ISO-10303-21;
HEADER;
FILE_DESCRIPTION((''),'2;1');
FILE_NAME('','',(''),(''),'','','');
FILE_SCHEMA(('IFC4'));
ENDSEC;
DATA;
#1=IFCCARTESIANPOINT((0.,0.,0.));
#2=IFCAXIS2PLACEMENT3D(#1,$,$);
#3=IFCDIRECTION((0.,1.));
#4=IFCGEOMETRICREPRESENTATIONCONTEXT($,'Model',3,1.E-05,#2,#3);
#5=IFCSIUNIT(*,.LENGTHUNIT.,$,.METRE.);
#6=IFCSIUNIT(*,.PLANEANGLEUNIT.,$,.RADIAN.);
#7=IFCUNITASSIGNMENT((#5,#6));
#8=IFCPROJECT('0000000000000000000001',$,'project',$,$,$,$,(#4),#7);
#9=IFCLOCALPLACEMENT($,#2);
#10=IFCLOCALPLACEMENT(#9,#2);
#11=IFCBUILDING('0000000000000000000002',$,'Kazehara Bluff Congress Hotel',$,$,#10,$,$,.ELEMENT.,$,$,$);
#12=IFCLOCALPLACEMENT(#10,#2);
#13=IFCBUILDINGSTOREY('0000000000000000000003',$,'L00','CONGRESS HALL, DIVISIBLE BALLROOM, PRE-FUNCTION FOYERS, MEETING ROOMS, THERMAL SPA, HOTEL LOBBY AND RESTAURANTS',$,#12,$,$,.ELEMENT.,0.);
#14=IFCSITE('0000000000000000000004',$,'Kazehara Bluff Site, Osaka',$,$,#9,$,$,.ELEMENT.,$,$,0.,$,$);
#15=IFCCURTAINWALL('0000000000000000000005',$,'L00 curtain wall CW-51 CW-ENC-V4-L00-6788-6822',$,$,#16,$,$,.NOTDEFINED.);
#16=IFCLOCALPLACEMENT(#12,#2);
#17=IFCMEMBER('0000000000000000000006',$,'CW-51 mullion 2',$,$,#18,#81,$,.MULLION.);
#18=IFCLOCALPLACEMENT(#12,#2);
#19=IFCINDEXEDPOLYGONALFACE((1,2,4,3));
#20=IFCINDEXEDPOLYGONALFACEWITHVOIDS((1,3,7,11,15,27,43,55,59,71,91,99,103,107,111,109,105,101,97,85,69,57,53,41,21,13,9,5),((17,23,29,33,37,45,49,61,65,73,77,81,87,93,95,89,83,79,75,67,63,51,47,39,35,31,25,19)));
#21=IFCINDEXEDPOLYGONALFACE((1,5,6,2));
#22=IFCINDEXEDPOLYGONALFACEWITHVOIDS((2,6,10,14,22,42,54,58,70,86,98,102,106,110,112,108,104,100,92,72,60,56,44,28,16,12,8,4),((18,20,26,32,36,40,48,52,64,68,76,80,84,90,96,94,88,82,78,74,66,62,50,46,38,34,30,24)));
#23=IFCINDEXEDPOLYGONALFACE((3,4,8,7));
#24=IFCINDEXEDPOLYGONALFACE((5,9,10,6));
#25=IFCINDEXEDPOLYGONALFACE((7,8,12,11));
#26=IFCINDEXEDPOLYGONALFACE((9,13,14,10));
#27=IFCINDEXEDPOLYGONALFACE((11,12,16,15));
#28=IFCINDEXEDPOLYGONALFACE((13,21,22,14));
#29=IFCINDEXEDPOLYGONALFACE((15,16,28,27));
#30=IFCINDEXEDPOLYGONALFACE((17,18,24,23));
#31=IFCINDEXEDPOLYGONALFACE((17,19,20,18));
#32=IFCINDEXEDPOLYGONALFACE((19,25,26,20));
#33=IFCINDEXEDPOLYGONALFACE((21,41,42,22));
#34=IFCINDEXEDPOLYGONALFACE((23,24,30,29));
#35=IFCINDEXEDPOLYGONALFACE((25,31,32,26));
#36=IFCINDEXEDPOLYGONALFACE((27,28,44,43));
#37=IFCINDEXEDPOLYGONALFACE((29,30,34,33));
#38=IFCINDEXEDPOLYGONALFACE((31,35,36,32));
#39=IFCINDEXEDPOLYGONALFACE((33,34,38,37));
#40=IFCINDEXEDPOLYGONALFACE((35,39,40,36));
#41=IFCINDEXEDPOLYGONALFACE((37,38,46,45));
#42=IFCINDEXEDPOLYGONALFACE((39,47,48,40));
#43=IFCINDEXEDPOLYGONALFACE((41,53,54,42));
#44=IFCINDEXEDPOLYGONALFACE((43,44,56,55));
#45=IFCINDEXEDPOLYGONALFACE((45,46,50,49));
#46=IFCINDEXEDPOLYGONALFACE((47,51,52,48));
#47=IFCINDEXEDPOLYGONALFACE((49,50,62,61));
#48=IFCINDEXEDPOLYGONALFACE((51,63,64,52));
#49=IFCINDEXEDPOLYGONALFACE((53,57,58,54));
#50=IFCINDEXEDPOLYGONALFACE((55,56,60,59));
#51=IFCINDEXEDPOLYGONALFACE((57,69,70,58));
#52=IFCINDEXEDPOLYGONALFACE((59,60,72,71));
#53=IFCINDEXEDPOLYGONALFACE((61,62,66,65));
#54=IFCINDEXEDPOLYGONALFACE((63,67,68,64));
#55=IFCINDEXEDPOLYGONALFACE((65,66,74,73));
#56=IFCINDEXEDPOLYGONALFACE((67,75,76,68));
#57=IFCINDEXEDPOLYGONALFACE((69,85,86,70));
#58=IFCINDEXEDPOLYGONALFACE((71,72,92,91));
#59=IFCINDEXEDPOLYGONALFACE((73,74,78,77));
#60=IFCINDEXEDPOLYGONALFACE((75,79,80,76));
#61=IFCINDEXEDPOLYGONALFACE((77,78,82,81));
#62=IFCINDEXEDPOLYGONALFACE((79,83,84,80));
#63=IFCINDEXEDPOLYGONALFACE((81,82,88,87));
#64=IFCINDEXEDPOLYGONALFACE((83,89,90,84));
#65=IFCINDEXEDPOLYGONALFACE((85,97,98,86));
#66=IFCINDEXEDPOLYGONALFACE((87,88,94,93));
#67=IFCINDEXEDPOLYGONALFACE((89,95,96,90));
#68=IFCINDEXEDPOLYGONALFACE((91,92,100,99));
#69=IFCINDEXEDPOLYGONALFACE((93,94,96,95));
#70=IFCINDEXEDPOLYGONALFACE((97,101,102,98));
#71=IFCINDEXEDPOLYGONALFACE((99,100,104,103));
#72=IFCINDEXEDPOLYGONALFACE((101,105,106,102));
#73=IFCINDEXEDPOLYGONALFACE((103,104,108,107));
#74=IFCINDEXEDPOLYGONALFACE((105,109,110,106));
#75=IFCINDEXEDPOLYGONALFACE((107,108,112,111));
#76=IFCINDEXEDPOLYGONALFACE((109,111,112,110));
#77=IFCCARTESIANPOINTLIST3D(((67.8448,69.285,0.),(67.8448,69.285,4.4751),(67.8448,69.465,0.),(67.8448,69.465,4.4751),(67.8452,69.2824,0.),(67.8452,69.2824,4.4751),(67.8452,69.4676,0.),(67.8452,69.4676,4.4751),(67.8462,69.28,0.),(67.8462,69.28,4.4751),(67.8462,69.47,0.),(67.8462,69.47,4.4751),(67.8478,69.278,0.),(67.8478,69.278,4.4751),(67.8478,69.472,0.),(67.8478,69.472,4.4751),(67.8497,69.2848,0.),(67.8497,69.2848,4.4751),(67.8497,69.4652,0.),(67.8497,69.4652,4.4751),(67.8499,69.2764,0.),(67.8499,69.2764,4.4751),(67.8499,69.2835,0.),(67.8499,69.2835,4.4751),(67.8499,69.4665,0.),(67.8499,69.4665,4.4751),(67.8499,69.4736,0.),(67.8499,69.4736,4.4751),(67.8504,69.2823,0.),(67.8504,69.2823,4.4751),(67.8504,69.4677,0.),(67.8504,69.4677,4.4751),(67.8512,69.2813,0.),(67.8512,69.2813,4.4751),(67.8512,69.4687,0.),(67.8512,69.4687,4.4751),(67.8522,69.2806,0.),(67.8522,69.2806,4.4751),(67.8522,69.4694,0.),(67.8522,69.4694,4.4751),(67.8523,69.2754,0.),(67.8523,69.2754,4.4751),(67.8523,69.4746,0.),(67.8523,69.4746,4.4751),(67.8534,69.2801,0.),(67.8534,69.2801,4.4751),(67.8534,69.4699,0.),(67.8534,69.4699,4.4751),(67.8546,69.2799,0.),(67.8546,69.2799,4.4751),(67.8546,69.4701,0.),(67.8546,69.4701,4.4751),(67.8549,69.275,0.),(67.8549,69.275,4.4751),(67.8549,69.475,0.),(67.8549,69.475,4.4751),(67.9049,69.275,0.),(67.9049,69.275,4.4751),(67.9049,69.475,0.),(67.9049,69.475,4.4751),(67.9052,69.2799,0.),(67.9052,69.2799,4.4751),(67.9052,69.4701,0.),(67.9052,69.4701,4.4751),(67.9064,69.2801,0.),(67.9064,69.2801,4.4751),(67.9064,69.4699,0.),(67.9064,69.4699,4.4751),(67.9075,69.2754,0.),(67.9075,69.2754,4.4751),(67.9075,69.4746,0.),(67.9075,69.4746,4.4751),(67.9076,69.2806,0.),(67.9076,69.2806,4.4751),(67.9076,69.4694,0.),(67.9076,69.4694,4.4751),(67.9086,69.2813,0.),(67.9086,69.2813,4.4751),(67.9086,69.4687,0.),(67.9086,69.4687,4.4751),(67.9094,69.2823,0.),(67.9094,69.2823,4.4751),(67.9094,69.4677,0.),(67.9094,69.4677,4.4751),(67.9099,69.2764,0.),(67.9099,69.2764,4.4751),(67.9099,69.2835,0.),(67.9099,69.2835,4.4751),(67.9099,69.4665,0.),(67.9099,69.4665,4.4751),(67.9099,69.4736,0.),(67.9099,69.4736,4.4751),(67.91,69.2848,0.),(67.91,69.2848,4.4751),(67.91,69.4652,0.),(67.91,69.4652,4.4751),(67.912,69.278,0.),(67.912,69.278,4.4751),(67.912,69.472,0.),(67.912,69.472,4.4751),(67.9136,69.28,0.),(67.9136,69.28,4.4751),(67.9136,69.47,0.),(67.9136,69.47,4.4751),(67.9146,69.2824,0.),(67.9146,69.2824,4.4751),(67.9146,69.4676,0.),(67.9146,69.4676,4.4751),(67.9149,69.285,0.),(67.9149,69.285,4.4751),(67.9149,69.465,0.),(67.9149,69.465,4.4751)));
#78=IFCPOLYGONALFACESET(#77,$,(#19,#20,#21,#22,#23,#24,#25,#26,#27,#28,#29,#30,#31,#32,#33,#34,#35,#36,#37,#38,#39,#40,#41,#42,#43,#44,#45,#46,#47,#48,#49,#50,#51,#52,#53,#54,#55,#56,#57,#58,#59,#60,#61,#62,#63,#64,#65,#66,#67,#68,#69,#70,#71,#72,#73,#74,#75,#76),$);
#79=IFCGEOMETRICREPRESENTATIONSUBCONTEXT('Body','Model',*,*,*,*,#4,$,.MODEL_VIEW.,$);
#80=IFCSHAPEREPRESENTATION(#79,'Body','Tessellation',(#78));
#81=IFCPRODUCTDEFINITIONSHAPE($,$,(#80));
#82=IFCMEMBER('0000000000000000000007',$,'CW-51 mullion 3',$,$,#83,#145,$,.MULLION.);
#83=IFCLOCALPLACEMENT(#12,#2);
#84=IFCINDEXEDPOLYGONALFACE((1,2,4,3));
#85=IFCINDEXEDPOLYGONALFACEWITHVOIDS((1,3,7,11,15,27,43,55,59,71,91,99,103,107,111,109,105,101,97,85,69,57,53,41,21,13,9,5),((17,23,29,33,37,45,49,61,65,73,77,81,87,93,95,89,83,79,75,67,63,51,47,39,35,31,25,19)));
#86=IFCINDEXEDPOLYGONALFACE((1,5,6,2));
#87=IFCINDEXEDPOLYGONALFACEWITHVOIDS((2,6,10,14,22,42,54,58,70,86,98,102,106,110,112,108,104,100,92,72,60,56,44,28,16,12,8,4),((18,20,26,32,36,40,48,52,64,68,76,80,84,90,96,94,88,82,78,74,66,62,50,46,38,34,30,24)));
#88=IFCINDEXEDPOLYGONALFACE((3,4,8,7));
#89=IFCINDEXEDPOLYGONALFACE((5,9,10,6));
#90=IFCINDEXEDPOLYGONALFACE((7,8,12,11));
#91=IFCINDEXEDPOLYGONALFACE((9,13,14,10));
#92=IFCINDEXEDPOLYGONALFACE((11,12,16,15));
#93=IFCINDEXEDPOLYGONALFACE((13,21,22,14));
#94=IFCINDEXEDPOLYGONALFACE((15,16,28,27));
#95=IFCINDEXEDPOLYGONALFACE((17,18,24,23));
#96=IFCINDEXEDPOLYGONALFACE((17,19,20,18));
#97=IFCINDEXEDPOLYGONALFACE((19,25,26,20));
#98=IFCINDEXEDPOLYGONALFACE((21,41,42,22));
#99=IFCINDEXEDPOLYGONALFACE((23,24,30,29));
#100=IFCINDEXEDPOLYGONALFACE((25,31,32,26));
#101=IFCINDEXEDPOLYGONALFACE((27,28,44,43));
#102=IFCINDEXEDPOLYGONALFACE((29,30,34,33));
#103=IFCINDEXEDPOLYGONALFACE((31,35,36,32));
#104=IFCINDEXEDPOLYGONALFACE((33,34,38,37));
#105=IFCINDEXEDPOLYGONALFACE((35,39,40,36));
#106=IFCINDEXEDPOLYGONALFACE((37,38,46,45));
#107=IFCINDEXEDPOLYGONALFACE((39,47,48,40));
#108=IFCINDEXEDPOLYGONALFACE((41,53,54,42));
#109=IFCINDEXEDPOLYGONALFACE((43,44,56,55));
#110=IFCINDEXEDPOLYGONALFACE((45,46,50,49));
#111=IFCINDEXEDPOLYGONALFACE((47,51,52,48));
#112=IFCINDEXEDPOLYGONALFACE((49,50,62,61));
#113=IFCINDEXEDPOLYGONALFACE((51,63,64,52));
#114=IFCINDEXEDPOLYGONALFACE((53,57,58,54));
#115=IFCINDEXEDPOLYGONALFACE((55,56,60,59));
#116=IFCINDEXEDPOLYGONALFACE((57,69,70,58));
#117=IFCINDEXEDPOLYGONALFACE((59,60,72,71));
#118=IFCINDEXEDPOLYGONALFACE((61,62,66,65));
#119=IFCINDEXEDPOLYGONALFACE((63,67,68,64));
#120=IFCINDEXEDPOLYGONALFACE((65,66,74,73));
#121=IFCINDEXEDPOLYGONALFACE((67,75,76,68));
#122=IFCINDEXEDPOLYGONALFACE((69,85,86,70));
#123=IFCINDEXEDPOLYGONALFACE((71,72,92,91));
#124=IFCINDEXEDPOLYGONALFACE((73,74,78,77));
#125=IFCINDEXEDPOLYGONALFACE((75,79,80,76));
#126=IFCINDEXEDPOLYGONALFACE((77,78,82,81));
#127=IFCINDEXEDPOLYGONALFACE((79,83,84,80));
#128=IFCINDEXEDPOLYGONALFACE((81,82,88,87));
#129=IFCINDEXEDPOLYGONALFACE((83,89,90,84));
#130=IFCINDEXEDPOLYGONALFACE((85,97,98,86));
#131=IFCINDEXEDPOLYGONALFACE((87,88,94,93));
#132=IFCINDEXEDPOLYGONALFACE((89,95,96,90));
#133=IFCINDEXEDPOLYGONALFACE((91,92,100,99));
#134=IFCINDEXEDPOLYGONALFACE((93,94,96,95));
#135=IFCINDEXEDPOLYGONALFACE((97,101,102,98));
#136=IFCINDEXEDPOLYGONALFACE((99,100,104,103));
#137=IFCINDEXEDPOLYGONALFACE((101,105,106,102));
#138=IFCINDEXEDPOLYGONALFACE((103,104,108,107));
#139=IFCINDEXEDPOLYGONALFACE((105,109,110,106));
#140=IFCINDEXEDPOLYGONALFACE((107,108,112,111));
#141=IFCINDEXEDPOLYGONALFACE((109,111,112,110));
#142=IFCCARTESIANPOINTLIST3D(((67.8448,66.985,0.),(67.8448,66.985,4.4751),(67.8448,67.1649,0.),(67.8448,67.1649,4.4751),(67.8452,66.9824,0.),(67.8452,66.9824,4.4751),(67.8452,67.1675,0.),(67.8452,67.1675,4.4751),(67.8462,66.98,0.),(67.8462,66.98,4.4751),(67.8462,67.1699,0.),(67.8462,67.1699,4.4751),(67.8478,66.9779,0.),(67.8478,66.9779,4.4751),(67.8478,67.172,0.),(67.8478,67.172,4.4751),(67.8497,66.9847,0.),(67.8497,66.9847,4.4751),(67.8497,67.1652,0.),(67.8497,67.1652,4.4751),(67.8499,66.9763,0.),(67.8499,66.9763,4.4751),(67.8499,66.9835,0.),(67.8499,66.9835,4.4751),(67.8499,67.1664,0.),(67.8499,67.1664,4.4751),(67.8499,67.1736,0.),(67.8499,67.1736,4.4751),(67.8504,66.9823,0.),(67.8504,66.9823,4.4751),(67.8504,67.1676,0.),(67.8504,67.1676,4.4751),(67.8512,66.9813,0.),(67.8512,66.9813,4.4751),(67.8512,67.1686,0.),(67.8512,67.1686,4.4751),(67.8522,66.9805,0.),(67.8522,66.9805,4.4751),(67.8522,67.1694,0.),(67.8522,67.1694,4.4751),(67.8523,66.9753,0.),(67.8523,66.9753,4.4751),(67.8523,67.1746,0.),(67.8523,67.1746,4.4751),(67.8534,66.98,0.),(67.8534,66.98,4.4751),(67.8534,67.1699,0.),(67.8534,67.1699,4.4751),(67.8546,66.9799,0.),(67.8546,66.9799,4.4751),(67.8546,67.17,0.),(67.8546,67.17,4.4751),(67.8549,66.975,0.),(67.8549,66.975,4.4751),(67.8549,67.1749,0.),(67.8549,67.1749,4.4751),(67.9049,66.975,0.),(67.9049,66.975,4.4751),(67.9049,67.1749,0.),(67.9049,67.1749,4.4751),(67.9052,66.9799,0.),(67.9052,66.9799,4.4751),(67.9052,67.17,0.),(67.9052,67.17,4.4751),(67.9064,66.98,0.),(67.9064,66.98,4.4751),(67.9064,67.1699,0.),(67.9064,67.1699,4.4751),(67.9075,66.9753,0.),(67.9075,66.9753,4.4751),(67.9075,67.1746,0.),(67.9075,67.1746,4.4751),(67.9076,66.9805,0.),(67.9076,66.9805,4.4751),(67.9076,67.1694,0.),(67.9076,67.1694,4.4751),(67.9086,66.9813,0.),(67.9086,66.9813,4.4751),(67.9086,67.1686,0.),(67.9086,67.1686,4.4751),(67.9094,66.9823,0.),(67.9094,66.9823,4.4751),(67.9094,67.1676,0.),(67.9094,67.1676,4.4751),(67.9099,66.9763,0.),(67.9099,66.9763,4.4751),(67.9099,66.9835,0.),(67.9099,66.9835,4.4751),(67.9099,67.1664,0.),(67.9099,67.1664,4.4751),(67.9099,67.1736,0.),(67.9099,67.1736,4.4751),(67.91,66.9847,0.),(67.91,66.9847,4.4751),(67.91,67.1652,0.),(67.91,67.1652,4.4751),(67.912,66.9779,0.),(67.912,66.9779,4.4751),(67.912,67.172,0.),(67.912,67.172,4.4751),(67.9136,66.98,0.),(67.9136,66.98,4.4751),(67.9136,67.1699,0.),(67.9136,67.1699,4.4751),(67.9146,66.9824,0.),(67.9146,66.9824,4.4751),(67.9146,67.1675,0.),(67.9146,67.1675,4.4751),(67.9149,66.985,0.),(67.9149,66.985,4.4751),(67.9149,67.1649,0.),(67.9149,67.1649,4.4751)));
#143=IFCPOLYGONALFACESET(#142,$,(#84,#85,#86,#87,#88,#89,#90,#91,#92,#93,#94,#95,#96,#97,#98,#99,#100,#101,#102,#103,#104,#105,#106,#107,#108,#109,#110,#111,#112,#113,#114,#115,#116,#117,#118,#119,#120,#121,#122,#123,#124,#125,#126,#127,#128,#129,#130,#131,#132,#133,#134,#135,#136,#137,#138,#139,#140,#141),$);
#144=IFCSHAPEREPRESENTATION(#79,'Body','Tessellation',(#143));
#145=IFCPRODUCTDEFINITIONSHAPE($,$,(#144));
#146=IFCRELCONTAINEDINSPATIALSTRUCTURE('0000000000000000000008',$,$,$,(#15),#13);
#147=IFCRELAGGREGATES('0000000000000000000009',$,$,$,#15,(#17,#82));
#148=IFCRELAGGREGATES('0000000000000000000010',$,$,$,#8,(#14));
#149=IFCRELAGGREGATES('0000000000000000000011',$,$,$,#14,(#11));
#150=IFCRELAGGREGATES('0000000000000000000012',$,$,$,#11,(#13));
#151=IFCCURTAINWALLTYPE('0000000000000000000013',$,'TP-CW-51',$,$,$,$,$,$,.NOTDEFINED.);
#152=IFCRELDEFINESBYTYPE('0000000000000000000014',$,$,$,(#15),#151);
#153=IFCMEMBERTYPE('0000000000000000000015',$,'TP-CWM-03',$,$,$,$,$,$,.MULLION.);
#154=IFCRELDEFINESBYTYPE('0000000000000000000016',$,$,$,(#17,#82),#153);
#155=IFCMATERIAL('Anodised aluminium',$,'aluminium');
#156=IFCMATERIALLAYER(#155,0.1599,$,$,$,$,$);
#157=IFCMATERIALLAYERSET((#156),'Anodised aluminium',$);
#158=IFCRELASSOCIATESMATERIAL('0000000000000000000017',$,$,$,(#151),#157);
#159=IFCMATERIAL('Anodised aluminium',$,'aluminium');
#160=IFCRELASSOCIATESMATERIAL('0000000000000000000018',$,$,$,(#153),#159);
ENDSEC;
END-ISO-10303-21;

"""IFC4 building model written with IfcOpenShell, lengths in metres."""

from ifc_helpers import new_model, si_unit, direction, frame, origin, origin_2d, place, context, subcontext, project, spatial, hollow_rectangle, extrude, material, layer, layer_set, material_profile, profile_set, type_object, element, aggregate, save


model = new_model("IFC4")

# Units and contexts
model_context = context("Model", 3, precision=1e-05, world=origin(), true_north=direction((0.0, 1.0)))
body_context = subcontext(model_context, "Body", "Model", "MODEL_VIEW")
ifc_project = project(units=[si_unit("LENGTHUNIT", "METRE"), si_unit("PLANEANGLEUNIT", "RADIAN")], contexts=[model_context])

# Site, building, storey
site_placement = place(None, origin())
site = spatial("IfcSite", under=ifc_project, at=site_placement, Name="Kazehara Bluff Site, Osaka", CompositionType="ELEMENT", RefElevation=0.0)
building_placement = place(site_placement, origin())
building = spatial("IfcBuilding", under=site, at=building_placement, Name="Kazehara Bluff Congress Hotel", CompositionType="ELEMENT")
storey_placement = place(building_placement, origin())
storey = spatial("IfcBuildingStorey", under=building, at=storey_placement, Name="L00", Description="CONGRESS HALL, DIVISIBLE BALLROOM, PRE-FUNCTION FOYERS, MEETING ROOMS, THERMAL SPA, HOTEL LOBBY AND RESTAURANTS", CompositionType="ELEMENT", Elevation=0.0)

# Curtain wall, members
ifc_material_1 = material(Name="Anodised aluminium", Category="aluminium")
ifc_layer_1 = layer(ifc_material_1, 0.1599)
ifc_layer_set_1 = layer_set([ifc_layer_1], Name="Anodised aluminium")
curtain_wall_type = type_object("IfcCurtainWallType", Name="TP-CW-51", PredefinedType="NOTDEFINED", material=ifc_layer_set_1)
curtain_wall_placement = place(storey_placement, origin())
curtain_wall = element("IfcCurtainWall", 1, at=curtain_wall_placement, inside=storey, type_object=curtain_wall_type, Name="L00 curtain wall CW-51 CW-ENC-V4-L00-6788-6822", PredefinedType="NOTDEFINED")
ifc_material_2 = material(Name="Anodised aluminium", Category="aluminium")
ifc_material_profile_1 = material_profile(ifc_material_2, hollow_rectangle(XDim=0.0701, YDim=0.2, WallThickness=0.0049, InnerFilletRadius=0.0049, OuterFilletRadius=0.01, at=origin_2d()))
ifc_profile_set_1 = profile_set([ifc_material_profile_1], Name="Anodised aluminium")
member_type_1 = type_object("IfcMemberType", Name="TP-CWM-03", PredefinedType="MULLION", material=ifc_profile_set_1)
member_1_placement = place(storey_placement, frame((67.8799, 69.375, 0.0), z_axis=(0.0, 0.0, 1.0), x_axis=(1.0, 0.0, 0.0)))
member_1 = element("IfcMember", 2, at=member_1_placement, type_object=member_type_1, Name="CW-51 mullion 2", PredefinedType="MULLION", context=body_context, shape_type="SweptSolid", body=[
    extrude(hollow_rectangle(XDim=0.0701, YDim=0.2, WallThickness=0.0049, InnerFilletRadius=0.0049, OuterFilletRadius=0.01, at=origin_2d()), origin(), (0.0, 0.0, 1.0), 4.4751),
])
member_2_placement = place(storey_placement, frame((67.8799, 67.075, 0.0), z_axis=(0.0, 0.0, 1.0), x_axis=(1.0, 0.0, 0.0)))
member_2 = element("IfcMember", 3, at=member_2_placement, type_object=member_type_1, Name="CW-51 mullion 3", PredefinedType="MULLION", context=body_context, shape_type="SweptSolid", body=[
    extrude(hollow_rectangle(XDim=0.0701, YDim=0.2, WallThickness=0.0049, InnerFilletRadius=0.0049, OuterFilletRadius=0.01, at=origin_2d()), origin(), (0.0, 0.0, 1.0), 4.4751),
])

aggregate(curtain_wall, [member_1, member_2])

save(model, "model.ifc")
